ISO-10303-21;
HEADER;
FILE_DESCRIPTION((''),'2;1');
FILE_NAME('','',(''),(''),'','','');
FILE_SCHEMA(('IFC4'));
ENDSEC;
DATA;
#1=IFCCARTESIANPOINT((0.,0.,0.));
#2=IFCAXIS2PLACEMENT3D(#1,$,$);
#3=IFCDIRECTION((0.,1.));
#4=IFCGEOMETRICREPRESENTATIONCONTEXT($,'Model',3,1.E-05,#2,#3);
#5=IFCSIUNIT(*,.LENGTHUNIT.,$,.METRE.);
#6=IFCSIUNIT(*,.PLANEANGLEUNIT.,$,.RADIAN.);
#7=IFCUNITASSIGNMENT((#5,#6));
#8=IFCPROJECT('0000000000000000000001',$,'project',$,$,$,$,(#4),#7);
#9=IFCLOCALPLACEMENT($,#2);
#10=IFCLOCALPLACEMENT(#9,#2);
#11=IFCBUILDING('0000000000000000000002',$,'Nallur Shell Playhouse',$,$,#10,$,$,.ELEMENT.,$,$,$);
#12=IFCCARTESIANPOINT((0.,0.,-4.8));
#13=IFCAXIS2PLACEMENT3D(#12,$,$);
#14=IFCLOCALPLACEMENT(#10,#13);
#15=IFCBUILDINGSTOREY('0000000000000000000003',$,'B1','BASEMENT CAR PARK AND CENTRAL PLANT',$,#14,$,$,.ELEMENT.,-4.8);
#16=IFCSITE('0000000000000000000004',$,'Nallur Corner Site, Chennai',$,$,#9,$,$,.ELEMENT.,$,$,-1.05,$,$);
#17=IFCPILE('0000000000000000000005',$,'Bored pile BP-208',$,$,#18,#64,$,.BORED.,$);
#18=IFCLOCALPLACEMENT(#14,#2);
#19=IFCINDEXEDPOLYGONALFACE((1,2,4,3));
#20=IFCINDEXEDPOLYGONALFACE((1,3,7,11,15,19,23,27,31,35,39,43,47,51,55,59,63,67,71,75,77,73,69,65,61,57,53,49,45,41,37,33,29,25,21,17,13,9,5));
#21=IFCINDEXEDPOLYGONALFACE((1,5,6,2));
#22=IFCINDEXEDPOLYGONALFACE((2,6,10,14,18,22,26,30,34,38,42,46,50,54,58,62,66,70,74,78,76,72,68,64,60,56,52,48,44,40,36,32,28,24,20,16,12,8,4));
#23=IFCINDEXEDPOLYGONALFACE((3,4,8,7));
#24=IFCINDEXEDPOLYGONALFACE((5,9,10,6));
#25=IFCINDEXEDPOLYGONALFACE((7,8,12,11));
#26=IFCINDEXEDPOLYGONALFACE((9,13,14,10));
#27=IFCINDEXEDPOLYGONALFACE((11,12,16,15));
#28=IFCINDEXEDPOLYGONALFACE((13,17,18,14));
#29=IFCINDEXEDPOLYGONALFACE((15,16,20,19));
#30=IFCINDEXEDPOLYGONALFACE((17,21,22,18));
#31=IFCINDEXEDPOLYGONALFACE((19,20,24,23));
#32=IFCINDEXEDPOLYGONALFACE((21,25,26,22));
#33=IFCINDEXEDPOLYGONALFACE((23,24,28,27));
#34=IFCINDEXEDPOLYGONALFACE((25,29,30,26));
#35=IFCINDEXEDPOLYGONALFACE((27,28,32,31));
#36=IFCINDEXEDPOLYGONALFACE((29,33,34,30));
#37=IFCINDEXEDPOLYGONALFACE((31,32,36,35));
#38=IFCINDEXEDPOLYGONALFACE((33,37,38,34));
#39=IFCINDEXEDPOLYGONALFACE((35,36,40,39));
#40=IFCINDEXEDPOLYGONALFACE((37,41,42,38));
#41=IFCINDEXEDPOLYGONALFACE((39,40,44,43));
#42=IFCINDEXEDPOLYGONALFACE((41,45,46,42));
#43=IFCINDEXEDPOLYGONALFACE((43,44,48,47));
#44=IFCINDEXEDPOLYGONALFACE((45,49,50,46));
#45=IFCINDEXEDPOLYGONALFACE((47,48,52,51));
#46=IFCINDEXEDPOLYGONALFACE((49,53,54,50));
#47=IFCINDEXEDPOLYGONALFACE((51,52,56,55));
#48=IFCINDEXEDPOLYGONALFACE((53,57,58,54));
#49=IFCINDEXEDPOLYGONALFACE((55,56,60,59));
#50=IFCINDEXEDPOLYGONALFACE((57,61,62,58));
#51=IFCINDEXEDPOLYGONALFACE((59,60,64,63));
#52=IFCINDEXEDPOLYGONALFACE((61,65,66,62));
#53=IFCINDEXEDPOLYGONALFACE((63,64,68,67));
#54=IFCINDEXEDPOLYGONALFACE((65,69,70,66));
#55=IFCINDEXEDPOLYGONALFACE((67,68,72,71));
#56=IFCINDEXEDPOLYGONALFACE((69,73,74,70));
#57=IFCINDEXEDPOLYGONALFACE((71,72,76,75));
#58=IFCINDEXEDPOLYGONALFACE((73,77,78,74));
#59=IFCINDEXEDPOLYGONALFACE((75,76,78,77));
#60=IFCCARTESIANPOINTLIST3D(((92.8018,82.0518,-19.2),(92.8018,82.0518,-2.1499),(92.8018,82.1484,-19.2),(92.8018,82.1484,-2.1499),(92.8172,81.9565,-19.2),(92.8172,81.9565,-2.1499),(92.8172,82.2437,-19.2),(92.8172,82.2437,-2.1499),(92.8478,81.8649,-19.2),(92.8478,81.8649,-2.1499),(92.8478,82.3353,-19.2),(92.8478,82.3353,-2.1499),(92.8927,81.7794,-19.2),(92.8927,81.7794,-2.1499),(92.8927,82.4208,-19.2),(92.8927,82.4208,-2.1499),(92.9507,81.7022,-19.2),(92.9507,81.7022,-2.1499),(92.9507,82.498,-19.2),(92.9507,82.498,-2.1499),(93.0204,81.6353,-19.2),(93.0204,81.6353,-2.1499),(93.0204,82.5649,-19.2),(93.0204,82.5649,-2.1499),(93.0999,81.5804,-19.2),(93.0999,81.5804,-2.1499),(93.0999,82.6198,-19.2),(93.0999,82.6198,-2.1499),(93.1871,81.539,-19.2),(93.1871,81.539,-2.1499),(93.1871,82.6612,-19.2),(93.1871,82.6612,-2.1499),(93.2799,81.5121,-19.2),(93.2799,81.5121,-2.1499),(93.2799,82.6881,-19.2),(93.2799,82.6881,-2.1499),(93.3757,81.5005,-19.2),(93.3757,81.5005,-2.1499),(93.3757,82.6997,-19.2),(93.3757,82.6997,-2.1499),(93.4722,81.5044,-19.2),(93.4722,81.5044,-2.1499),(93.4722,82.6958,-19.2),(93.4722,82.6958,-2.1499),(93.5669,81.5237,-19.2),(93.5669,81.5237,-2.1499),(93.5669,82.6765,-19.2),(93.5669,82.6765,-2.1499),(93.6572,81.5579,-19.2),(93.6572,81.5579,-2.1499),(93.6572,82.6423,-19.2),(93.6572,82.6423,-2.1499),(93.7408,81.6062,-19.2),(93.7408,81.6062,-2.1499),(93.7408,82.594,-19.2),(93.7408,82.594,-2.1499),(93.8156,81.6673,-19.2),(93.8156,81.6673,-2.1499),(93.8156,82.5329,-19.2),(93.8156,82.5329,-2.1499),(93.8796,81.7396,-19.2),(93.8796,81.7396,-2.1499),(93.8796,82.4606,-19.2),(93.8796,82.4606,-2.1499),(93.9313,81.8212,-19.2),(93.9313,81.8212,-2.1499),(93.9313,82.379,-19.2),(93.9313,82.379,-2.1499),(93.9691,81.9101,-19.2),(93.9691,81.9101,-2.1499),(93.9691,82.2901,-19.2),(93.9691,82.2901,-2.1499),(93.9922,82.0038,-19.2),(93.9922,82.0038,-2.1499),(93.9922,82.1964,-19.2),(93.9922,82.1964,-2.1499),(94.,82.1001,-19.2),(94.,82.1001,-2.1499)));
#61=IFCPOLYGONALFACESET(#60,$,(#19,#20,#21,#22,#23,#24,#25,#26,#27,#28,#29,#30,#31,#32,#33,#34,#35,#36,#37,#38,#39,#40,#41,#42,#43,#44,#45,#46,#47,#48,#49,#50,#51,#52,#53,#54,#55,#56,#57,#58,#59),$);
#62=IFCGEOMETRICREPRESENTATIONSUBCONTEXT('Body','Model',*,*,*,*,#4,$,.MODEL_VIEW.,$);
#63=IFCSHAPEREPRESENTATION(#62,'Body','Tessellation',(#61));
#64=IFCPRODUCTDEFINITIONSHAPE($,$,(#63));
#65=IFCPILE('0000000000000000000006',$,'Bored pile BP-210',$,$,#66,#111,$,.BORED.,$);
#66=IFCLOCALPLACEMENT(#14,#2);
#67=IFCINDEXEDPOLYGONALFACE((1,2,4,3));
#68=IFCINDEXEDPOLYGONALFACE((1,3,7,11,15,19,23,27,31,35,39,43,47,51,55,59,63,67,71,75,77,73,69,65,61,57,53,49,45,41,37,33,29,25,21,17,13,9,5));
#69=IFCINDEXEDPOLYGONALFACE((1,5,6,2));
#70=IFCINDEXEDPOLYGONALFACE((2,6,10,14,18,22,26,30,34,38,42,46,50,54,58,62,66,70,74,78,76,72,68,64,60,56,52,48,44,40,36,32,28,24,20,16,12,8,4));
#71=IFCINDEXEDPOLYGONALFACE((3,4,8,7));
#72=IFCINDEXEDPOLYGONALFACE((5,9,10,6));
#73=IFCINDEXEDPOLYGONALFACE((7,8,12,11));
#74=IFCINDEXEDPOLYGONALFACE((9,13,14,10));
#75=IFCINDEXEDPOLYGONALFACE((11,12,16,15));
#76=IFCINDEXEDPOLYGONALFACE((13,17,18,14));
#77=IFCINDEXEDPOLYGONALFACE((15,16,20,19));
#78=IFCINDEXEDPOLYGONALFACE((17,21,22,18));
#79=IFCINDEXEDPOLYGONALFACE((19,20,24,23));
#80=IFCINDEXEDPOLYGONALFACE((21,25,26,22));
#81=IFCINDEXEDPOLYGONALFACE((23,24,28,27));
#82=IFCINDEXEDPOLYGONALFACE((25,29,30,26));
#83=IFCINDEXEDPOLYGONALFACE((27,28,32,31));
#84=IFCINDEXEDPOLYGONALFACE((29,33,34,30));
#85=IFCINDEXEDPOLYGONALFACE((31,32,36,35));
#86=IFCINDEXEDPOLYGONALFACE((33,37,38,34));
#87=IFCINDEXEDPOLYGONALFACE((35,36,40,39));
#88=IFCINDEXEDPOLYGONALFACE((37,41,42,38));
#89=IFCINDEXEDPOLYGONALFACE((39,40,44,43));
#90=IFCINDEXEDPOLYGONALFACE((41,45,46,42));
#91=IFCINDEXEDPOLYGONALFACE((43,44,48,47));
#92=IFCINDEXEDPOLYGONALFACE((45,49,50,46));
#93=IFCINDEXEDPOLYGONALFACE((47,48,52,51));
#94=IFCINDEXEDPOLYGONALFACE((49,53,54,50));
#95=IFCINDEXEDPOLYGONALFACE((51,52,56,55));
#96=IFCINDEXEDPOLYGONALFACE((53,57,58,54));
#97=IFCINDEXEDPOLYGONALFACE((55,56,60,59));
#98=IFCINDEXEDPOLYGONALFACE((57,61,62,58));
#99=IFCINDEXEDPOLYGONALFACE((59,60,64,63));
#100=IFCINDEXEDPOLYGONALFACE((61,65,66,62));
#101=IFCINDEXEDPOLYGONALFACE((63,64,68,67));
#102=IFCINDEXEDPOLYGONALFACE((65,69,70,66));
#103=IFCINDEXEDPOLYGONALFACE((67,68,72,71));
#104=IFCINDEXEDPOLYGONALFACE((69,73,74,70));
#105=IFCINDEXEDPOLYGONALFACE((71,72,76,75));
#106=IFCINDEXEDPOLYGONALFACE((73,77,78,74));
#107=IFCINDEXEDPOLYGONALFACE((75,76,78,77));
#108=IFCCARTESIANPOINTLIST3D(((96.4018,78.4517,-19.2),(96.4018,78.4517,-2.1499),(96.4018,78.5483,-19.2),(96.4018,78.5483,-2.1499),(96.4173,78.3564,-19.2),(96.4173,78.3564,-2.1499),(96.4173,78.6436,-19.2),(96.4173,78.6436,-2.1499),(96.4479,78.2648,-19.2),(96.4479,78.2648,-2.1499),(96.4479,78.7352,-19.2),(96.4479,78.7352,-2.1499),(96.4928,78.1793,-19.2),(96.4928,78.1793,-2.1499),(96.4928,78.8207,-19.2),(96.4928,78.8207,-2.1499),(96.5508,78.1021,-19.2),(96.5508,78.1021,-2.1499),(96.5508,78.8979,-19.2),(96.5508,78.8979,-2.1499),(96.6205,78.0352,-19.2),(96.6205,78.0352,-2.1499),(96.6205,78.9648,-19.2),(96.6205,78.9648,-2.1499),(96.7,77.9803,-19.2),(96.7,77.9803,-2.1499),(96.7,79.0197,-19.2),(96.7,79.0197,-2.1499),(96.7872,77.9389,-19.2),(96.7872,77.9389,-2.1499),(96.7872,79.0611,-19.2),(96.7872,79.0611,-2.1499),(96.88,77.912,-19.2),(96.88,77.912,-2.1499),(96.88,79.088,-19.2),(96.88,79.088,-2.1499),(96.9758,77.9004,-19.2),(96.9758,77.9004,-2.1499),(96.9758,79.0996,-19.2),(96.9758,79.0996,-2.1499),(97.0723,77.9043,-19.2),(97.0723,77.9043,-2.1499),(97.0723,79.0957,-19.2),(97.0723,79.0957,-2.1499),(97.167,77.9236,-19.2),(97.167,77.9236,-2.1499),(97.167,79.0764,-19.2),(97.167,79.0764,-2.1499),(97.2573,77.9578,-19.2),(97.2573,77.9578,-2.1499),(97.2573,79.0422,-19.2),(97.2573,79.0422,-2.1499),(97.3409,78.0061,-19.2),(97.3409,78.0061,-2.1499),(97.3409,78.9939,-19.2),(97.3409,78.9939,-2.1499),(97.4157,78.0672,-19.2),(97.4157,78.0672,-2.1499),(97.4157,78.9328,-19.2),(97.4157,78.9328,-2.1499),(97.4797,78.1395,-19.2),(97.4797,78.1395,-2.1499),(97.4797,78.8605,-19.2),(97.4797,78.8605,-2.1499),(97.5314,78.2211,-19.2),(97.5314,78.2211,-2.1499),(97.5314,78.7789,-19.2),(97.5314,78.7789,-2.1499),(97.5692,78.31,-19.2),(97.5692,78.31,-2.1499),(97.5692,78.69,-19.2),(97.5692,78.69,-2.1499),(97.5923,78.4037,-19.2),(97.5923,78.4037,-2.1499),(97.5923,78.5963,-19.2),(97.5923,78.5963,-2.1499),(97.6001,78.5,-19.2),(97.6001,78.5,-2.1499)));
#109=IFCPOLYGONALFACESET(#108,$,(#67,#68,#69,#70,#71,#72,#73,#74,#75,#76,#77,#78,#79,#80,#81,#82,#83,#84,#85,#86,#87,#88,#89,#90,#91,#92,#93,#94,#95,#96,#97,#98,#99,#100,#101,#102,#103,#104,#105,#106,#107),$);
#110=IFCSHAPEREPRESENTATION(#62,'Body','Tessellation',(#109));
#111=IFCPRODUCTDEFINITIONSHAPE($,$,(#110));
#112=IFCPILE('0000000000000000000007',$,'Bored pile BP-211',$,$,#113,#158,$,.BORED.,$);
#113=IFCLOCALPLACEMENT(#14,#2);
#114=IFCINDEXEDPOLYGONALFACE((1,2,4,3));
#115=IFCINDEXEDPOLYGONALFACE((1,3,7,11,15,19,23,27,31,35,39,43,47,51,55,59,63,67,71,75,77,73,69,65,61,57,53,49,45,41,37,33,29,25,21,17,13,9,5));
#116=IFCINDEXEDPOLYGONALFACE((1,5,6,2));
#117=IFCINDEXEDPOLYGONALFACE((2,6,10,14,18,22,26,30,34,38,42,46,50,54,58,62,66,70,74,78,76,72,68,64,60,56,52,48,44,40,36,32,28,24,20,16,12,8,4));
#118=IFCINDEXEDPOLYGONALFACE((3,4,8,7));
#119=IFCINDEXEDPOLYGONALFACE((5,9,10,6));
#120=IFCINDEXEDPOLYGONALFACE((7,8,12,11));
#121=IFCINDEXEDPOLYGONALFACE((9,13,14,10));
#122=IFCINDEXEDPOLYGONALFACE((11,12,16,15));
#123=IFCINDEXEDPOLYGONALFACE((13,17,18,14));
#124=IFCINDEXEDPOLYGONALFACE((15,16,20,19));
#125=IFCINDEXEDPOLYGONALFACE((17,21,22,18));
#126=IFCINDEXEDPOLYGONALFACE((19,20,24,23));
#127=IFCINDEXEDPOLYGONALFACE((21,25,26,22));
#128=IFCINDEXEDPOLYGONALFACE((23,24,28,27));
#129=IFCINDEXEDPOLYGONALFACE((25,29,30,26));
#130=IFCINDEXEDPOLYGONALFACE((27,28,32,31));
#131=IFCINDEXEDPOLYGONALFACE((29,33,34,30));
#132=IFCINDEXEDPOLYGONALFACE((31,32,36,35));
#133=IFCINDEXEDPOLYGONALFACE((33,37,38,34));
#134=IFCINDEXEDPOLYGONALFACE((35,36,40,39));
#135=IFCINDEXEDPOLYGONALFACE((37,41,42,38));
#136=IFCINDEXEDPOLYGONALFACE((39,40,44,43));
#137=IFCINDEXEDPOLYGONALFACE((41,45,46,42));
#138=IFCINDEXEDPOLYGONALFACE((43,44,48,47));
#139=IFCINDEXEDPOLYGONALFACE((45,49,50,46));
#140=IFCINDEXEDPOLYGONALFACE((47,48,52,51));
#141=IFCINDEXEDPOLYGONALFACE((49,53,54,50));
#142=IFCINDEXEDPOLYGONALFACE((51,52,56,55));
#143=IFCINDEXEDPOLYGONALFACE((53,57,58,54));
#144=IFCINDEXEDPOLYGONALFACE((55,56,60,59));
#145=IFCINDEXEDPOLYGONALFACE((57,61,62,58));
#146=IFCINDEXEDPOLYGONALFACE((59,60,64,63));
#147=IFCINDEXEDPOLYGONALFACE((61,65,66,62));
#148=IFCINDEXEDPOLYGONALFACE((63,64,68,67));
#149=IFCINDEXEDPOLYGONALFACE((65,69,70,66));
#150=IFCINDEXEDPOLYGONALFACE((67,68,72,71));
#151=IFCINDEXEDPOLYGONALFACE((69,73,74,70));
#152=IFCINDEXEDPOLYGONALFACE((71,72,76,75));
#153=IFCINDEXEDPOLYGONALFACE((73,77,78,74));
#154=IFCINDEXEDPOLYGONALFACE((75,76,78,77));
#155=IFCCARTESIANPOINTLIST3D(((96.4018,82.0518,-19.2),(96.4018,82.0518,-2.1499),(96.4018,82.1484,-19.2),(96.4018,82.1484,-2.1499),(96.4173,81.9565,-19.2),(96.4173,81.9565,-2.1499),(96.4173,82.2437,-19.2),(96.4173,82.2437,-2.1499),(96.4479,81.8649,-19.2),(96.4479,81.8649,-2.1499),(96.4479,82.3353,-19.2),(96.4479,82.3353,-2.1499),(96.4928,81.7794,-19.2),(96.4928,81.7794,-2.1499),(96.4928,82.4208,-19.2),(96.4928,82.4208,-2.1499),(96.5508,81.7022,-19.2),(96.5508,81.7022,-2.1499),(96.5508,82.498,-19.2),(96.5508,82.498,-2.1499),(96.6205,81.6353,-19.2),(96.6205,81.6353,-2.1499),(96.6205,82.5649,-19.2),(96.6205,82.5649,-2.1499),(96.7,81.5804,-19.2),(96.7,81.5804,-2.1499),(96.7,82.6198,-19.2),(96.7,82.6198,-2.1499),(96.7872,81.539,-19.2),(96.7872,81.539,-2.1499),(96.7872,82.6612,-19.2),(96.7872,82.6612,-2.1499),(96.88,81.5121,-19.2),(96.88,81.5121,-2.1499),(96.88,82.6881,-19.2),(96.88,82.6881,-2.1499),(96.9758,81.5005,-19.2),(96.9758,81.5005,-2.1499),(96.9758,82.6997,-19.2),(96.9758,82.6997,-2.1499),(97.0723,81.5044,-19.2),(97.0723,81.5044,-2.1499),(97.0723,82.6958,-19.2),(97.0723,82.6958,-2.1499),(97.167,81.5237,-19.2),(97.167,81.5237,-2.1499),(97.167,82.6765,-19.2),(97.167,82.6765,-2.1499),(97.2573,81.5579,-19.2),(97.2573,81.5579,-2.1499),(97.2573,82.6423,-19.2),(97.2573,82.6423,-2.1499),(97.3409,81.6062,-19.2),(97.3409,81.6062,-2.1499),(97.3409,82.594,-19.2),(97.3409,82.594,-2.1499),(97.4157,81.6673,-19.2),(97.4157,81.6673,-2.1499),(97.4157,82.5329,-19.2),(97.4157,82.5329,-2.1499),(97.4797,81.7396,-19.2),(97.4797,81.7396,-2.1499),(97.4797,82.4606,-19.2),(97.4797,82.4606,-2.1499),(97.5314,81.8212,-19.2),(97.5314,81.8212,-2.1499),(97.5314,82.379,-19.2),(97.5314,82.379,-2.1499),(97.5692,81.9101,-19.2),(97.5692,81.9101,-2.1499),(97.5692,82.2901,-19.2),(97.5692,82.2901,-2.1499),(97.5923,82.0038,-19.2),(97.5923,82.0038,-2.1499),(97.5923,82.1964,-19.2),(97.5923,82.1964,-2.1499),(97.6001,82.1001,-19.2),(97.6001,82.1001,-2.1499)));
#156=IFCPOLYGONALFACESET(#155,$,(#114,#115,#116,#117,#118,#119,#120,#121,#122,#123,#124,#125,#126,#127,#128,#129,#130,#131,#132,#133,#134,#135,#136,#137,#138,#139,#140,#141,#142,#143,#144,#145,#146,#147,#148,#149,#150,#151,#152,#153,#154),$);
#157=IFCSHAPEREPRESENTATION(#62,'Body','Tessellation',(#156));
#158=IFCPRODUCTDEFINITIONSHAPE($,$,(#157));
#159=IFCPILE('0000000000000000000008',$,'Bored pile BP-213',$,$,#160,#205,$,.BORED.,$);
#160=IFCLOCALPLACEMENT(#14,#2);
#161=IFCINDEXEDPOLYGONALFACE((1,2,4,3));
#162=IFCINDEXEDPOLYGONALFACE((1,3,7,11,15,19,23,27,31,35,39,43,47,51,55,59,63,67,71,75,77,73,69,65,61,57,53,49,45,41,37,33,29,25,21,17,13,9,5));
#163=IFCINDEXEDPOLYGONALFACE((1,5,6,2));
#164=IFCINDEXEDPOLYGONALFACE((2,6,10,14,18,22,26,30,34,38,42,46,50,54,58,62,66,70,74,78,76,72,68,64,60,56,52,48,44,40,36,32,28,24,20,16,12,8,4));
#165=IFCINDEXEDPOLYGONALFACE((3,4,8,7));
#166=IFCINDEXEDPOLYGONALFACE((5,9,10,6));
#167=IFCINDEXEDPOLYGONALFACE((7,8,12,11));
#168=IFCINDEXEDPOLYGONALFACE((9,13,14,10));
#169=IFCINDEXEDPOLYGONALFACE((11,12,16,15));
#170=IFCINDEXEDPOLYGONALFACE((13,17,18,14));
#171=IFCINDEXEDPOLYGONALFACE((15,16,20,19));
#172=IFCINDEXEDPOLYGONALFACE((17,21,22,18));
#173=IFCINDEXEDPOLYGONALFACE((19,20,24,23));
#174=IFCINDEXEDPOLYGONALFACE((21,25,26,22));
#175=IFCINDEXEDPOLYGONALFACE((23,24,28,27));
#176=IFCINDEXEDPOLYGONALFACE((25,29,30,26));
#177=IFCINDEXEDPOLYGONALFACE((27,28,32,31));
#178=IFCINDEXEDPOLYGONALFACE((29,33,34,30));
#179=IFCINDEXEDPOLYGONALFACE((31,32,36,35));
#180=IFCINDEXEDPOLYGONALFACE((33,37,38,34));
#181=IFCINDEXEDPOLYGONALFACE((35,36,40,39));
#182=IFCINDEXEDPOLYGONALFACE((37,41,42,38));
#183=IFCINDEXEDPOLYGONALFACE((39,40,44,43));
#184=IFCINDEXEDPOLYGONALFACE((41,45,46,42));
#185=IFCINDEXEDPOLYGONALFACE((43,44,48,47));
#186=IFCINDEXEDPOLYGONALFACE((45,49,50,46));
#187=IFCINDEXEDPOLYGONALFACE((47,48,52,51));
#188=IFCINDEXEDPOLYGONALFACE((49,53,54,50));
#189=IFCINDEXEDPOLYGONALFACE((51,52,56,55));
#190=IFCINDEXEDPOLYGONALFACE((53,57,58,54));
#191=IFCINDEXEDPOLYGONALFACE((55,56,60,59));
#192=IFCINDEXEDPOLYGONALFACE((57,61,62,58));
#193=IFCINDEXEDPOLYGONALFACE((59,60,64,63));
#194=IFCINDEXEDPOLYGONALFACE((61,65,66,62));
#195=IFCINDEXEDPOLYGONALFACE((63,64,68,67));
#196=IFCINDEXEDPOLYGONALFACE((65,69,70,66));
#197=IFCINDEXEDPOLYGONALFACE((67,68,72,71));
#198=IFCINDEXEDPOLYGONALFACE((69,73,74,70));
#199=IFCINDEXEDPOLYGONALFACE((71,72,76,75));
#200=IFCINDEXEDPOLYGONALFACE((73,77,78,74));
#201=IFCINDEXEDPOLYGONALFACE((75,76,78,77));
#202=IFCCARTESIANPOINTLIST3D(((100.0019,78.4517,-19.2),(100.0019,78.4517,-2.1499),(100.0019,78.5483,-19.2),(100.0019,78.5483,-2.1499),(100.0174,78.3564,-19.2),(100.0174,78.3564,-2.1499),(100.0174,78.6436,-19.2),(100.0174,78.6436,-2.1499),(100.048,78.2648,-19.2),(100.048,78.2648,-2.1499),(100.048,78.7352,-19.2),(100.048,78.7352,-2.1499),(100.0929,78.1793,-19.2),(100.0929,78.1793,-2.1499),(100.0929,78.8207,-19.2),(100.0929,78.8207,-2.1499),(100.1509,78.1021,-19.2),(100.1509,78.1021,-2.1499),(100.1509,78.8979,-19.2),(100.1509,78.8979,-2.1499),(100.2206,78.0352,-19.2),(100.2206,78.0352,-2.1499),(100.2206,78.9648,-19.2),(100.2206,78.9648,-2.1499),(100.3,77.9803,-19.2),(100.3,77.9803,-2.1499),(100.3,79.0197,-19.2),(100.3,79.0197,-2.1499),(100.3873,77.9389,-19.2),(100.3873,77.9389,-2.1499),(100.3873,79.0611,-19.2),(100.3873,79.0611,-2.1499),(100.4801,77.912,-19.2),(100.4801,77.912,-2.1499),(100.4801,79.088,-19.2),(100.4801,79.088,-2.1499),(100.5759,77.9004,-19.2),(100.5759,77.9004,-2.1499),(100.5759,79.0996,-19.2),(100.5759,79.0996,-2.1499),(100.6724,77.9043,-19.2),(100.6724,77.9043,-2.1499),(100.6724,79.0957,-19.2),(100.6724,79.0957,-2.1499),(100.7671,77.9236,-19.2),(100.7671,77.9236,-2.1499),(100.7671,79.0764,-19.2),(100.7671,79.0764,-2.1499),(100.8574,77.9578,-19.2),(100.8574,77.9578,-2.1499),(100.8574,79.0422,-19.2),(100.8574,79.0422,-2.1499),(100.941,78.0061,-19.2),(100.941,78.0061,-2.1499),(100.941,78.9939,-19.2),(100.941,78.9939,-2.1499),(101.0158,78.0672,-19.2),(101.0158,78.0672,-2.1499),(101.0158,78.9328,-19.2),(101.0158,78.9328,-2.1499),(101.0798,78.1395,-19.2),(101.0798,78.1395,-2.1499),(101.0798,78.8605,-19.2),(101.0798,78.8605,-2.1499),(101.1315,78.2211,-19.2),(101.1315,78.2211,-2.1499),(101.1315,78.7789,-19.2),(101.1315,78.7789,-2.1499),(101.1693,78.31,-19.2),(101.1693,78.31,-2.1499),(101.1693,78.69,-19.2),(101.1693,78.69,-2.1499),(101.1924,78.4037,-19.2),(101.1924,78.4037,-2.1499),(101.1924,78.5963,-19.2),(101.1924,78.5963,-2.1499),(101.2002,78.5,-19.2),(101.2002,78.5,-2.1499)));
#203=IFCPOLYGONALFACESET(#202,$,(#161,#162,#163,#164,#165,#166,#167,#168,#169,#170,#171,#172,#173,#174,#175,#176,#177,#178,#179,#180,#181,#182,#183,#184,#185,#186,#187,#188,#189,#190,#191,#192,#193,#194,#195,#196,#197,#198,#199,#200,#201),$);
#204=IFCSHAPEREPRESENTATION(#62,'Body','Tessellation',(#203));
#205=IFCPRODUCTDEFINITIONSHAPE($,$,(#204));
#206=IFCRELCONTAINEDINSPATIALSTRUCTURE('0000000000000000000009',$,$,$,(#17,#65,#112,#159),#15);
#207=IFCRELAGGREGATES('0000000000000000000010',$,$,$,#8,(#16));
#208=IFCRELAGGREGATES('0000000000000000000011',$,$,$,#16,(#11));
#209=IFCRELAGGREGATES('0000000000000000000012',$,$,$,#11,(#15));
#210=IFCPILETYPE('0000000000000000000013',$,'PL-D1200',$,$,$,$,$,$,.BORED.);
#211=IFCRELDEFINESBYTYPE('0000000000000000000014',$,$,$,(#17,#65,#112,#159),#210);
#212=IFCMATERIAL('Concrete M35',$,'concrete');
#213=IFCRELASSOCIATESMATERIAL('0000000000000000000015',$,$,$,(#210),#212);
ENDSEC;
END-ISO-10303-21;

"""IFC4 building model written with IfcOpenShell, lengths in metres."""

from ifc_helpers import new_model, si_unit, direction, frame, origin, origin_2d, place, context, subcontext, project, spatial, circle, extrude, material, material_profile, profile_set, type_object, element, save


model = new_model("IFC4")

# Units and contexts
model_context = context("Model", 3, precision=1e-05, world=origin(), true_north=direction((0.0, 1.0)))
body_context = subcontext(model_context, "Body", "Model", "MODEL_VIEW")
ifc_project = project(units=[si_unit("LENGTHUNIT", "METRE"), si_unit("PLANEANGLEUNIT", "RADIAN")], contexts=[model_context])

# Site, building, storey
site_placement = place(None, origin())
site = spatial("IfcSite", under=ifc_project, at=site_placement, Name="Nallur Corner Site, Chennai", CompositionType="ELEMENT", RefElevation=-1.05)
building_placement = place(site_placement, origin())
building = spatial("IfcBuilding", under=site, at=building_placement, Name="Nallur Shell Playhouse", CompositionType="ELEMENT")
storey_placement = place(building_placement, frame((0.0, 0.0, -4.8)))
storey = spatial("IfcBuildingStorey", under=building, at=storey_placement, Name="B1", Description="BASEMENT CAR PARK AND CENTRAL PLANT", CompositionType="ELEMENT", Elevation=-4.8)

# Shared definitions
ifc_material_1 = material(Name="Concrete M35", Category="concrete")

# Piles
ifc_material_profile_1 = material_profile(ifc_material_1, circle(Radius=0.6001, at=origin_2d()), Name="BORED PILE D1200")
ifc_profile_set_1 = profile_set([ifc_material_profile_1], Name="Concrete M35")
pile_type = type_object("IfcPileType", Name="PL-D1200", PredefinedType="BORED", material=ifc_profile_set_1)
for number, where, z_axis, x_axis, name in (
    (1, (93.3999, 82.1001, -2.1499), (0.0, 0.0, -1.0), (1.0, 0.0, 0.0), "Bored pile BP-208"),
    (2, (97.0, 78.5, -2.1499), (0.0, 0.0, -1.0), (1.0, 0.0, 0.0), "Bored pile BP-210"),
    (3, (97.0, 82.1001, -2.1499), (0.0, 0.0, -1.0), (1.0, 0.0, 0.0), "Bored pile BP-211"),
    (4, (100.6001, 78.5, -2.1499), (0.0, 0.0, -1.0), (1.0, 0.0, 0.0), "Bored pile BP-213"),
):
    element("IfcPile", number, at=place(storey_placement, frame(where, z_axis=z_axis, x_axis=x_axis)), inside=storey, type_object=pile_type, Name=name, PredefinedType="BORED", context=body_context, shape_type="SweptSolid", body=[
        extrude(circle(Radius=0.6001, at=origin_2d()), origin(), (0.0, 0.0, 1.0), 17.05),
    ])

save(model, "model.ifc")
